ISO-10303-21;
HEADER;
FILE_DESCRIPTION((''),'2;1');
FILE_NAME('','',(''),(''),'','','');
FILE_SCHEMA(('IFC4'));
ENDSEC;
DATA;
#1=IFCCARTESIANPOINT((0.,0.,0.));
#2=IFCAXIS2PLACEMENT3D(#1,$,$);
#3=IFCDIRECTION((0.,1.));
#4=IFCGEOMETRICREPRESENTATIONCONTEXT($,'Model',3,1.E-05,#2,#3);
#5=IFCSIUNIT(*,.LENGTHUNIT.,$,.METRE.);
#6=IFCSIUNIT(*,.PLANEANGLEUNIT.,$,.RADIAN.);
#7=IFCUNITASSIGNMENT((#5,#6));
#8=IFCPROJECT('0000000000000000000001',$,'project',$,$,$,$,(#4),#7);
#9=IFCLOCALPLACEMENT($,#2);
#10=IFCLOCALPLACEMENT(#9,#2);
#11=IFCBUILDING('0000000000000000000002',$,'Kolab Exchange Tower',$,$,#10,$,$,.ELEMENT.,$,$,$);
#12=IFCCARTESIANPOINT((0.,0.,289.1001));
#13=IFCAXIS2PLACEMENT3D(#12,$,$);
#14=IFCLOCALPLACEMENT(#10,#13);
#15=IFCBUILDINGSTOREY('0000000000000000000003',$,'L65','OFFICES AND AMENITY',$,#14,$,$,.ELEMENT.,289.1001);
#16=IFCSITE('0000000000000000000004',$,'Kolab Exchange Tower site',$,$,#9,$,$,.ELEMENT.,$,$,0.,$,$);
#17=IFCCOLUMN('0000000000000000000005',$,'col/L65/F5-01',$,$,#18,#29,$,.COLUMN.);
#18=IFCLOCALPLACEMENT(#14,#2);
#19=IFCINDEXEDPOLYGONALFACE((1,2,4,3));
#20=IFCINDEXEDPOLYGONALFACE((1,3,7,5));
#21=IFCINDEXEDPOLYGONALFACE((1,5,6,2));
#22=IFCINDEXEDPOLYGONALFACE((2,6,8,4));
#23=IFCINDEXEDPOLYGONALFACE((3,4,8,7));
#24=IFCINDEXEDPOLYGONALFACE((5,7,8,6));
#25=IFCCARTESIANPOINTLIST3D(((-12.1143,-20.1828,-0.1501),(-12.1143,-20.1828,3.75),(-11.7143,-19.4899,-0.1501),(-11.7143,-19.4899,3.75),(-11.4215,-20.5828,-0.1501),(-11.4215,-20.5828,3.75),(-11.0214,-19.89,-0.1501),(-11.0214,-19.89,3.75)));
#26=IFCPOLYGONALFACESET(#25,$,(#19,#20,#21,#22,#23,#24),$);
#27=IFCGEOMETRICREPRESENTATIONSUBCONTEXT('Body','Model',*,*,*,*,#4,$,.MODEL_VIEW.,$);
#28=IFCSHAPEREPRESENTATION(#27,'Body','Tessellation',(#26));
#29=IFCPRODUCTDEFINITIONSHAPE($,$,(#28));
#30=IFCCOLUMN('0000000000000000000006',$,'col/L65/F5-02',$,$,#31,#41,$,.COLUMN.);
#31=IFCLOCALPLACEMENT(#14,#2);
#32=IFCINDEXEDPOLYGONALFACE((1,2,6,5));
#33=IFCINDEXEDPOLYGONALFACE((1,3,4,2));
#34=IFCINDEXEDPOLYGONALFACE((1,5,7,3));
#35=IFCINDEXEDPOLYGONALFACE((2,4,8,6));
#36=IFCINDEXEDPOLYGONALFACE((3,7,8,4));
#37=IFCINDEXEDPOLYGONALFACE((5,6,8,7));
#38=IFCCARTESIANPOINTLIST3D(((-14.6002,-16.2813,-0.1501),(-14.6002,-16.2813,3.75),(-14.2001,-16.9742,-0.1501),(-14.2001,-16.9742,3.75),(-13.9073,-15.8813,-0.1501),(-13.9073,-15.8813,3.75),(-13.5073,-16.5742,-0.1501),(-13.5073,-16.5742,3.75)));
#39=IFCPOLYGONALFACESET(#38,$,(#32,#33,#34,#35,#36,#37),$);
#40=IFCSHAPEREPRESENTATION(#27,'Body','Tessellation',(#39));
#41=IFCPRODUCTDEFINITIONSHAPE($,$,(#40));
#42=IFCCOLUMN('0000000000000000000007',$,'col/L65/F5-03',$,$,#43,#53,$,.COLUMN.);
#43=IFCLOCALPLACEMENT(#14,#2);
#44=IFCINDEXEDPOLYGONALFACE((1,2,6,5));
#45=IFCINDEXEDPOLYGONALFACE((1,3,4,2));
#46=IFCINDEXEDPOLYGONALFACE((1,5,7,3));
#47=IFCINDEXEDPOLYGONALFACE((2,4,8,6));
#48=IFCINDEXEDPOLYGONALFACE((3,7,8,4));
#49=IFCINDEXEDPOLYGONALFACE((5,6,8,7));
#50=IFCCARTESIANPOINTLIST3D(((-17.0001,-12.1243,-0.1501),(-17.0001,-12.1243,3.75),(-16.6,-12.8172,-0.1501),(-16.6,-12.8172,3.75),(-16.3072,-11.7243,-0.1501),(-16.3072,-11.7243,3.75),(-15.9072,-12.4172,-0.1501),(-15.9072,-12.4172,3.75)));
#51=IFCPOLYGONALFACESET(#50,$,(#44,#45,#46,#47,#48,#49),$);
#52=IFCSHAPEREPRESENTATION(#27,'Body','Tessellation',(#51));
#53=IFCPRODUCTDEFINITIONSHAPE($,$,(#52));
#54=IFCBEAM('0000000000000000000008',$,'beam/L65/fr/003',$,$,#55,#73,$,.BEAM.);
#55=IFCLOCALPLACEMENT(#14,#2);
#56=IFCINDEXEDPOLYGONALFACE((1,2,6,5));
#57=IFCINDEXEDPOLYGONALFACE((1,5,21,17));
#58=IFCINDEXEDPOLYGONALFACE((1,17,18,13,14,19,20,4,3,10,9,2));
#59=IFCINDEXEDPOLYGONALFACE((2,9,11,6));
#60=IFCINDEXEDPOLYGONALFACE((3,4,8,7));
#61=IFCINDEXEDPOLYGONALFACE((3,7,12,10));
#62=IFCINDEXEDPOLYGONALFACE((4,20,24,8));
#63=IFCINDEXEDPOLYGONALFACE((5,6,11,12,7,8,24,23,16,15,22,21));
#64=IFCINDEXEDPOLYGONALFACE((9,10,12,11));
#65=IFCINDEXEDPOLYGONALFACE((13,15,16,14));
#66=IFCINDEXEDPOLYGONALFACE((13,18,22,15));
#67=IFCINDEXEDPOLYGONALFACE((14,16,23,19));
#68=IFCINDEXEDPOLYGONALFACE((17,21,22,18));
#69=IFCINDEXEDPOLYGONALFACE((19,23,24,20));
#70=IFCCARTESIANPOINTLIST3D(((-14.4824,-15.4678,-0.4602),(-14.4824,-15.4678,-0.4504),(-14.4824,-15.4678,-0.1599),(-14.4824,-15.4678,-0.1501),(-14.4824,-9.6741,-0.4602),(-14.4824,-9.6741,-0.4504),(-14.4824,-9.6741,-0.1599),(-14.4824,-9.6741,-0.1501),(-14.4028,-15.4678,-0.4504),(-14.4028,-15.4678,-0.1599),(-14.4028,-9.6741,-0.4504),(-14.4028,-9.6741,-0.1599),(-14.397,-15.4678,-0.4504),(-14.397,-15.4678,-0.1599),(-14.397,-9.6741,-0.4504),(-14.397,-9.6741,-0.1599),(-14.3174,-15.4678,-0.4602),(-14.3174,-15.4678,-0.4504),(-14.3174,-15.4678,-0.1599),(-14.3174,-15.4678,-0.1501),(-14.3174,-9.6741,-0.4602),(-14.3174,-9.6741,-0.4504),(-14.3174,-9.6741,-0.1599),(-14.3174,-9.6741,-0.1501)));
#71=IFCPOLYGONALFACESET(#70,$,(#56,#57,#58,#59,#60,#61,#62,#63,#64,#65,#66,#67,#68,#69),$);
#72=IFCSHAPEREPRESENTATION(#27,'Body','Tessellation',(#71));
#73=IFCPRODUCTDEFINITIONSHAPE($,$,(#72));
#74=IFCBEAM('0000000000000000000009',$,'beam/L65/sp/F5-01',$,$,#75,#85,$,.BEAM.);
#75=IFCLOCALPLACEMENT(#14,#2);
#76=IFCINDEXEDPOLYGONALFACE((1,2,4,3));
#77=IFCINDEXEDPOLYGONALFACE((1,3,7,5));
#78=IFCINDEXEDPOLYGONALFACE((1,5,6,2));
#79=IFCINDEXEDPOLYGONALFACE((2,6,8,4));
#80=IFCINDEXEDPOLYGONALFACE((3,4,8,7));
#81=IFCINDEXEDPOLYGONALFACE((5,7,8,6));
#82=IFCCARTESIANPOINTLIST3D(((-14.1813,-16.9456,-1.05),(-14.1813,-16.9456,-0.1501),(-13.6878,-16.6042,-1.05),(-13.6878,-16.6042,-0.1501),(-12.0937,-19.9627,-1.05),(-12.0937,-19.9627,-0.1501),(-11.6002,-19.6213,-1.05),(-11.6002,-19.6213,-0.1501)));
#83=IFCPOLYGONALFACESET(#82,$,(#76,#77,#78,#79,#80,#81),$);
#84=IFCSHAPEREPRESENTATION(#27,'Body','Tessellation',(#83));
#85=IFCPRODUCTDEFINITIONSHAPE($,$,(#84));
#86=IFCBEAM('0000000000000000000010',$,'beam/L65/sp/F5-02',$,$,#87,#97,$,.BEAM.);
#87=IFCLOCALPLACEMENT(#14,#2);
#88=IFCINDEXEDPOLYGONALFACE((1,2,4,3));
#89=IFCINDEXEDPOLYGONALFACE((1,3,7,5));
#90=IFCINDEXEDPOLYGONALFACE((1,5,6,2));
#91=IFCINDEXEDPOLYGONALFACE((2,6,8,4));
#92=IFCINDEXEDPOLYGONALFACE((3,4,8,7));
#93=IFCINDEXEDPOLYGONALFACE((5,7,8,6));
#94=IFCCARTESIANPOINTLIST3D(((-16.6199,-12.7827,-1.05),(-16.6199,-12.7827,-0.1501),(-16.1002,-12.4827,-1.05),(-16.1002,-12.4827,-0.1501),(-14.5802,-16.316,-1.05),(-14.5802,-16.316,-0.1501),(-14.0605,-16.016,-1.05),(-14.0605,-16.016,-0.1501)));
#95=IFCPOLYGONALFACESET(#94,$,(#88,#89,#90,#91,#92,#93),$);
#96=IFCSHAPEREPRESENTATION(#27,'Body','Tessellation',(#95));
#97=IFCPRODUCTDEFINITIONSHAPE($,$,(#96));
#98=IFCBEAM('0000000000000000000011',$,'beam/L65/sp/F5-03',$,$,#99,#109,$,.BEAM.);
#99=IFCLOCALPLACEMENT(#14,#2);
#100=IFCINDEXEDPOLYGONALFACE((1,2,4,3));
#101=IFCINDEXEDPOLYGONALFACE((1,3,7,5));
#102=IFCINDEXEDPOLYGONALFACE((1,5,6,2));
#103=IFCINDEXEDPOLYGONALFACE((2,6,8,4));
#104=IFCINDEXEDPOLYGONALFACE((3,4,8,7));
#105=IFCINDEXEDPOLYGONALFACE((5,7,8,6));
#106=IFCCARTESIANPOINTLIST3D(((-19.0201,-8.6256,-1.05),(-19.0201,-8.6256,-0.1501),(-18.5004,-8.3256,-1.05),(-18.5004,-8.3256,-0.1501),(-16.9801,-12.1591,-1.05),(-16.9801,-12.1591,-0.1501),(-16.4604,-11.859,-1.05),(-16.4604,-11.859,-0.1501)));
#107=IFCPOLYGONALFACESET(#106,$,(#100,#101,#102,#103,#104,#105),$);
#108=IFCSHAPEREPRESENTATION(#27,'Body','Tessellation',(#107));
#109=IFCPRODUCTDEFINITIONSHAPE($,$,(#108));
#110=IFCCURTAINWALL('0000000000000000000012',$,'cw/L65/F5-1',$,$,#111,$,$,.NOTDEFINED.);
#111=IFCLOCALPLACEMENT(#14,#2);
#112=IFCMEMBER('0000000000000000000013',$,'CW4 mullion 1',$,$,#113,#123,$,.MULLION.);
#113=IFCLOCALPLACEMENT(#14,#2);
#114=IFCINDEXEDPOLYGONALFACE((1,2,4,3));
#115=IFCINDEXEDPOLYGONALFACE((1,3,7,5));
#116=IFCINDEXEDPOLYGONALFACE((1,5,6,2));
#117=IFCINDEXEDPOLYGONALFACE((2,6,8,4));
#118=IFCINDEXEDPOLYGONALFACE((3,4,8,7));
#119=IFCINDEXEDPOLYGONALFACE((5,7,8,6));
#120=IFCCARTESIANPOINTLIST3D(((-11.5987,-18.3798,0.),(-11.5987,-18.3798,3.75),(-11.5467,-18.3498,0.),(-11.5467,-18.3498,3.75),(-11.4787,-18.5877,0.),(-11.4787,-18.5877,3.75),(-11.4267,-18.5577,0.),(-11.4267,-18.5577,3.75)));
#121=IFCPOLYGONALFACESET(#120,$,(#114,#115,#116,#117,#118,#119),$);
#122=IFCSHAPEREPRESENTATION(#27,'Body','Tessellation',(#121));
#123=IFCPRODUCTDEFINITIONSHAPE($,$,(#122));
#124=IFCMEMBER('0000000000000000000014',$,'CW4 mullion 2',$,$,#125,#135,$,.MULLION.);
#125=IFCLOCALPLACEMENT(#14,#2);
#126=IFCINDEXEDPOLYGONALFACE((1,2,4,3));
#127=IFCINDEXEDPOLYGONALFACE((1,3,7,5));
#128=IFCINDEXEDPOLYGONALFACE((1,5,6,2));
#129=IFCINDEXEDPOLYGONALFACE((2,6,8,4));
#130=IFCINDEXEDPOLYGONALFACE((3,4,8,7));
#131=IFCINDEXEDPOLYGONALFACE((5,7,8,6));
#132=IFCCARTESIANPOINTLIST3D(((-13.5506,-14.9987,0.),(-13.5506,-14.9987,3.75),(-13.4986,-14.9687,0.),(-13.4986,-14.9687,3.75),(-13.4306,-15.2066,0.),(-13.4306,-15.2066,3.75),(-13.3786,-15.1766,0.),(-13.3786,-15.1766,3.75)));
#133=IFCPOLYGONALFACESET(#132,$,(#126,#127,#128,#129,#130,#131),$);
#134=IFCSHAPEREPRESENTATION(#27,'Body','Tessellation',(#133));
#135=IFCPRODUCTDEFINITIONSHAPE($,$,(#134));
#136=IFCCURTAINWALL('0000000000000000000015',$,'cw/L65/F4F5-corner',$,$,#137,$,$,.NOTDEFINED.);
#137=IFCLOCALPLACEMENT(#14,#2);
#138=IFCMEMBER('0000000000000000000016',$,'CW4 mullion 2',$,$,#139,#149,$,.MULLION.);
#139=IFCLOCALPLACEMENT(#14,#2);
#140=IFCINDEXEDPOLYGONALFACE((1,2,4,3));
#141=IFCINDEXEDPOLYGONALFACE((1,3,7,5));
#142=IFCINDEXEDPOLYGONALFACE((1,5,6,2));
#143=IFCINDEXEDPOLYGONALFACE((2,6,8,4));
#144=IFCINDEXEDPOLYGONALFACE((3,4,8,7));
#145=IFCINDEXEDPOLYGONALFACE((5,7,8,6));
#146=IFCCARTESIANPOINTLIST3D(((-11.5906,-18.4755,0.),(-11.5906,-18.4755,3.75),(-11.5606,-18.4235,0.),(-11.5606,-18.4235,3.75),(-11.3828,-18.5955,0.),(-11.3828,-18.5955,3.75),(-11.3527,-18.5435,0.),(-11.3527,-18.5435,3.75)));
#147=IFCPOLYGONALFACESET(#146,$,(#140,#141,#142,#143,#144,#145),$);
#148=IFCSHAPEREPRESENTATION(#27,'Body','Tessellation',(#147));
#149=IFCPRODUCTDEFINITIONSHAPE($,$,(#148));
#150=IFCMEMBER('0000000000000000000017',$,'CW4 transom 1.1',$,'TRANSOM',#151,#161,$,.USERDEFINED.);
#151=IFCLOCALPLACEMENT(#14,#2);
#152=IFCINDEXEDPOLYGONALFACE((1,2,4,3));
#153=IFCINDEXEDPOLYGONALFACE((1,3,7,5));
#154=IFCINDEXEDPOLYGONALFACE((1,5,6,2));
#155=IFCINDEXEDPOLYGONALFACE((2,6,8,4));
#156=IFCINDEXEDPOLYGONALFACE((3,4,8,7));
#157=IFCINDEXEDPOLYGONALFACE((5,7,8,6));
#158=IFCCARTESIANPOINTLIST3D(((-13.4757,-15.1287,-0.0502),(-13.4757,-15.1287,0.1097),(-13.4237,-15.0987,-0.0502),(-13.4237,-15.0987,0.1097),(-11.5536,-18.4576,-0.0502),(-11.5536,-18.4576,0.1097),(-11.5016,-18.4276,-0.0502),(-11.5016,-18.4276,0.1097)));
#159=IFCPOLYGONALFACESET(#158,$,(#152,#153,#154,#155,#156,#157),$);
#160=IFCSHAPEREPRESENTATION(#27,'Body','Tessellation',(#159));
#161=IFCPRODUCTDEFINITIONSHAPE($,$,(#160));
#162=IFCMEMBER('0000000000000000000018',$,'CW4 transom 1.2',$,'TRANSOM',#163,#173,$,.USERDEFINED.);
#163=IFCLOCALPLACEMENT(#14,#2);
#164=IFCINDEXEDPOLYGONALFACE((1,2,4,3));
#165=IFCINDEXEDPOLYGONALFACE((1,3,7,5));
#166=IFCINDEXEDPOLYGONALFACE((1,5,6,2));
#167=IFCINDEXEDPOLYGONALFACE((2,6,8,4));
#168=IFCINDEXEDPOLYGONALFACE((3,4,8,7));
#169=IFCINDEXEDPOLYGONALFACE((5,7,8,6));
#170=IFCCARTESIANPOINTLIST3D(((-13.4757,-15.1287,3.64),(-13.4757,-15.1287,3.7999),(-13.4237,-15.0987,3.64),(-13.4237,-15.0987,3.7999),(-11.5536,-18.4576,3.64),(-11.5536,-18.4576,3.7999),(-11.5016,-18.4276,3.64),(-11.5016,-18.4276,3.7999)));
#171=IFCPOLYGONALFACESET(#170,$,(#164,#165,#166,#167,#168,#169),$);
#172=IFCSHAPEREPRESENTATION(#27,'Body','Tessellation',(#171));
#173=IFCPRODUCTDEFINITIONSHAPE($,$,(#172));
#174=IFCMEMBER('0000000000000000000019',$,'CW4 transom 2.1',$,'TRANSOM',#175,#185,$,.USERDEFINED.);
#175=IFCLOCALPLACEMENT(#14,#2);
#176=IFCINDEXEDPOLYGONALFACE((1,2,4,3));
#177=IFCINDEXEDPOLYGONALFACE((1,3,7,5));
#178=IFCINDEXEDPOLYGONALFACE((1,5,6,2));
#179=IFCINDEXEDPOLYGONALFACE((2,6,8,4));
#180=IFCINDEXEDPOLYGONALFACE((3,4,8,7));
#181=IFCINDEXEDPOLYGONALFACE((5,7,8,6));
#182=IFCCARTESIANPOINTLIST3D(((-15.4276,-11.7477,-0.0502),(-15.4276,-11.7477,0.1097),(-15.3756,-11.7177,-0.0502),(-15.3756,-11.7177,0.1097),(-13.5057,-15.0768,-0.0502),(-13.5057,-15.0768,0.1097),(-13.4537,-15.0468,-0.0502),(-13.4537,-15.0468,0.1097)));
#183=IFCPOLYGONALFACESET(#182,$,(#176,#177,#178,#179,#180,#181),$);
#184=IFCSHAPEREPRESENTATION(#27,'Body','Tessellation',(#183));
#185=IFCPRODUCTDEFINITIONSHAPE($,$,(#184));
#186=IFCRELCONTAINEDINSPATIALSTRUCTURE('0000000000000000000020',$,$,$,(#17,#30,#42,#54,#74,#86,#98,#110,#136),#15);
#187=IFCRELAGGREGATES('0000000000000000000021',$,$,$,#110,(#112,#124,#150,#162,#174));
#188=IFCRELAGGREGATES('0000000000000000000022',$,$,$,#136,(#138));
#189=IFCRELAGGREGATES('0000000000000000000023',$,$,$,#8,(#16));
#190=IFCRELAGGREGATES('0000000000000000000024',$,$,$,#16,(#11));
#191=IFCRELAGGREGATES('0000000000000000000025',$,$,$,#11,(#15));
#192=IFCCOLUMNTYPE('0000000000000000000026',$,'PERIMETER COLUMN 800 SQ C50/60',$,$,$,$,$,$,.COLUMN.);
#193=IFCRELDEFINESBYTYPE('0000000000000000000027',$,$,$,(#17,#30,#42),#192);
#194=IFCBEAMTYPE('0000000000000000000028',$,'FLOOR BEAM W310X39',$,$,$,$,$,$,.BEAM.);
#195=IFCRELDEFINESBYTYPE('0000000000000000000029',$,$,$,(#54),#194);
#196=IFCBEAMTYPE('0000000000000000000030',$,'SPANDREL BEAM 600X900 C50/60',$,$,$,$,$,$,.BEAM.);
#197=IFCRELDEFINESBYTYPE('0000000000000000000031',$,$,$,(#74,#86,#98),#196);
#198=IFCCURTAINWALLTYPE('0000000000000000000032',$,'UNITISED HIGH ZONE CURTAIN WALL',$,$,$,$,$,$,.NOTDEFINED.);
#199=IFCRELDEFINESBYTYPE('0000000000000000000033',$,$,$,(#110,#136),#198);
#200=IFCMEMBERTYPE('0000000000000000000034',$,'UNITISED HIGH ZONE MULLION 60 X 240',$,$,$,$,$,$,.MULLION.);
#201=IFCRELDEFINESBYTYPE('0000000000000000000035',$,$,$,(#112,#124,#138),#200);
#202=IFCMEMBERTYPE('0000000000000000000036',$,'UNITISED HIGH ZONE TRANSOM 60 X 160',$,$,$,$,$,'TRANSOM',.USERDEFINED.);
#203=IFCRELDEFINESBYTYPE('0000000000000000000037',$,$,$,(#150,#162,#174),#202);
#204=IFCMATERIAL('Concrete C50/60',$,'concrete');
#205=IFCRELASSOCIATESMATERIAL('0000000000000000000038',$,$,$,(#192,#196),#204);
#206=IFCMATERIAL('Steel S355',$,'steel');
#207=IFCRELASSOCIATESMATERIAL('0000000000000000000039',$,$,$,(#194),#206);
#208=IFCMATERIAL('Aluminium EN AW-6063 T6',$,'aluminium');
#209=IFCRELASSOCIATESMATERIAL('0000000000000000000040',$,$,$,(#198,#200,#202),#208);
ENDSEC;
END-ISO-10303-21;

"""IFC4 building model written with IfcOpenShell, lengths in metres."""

from ifc_helpers import new_model, si_unit, direction, frame, origin, origin_2d, place, context, subcontext, project, spatial, rectangle, i_section, extrude, material, material_profile, profile_set, type_object, element, aggregate, save


model = new_model("IFC4")

# Units and contexts
model_context = context("Model", 3, precision=1e-05, world=origin(), true_north=direction((0.0, 1.0)))
body_context = subcontext(model_context, "Body", "Model", "MODEL_VIEW")
ifc_project = project(units=[si_unit("LENGTHUNIT", "METRE"), si_unit("PLANEANGLEUNIT", "RADIAN")], contexts=[model_context])

# Site, building, storey
site_placement = place(None, origin())
site = spatial("IfcSite", under=ifc_project, at=site_placement, Name="Kolab Exchange Tower site", CompositionType="ELEMENT", RefElevation=0.0)
building_placement = place(site_placement, origin())
building = spatial("IfcBuilding", under=site, at=building_placement, Name="Kolab Exchange Tower", CompositionType="ELEMENT")
storey_placement = place(building_placement, frame((0.0, 0.0, 289.1001)))
storey = spatial("IfcBuildingStorey", under=building, at=storey_placement, Name="L65", Description="OFFICES AND AMENITY", CompositionType="ELEMENT", Elevation=289.1001)

# Columns
ifc_material_1 = material(Name="Concrete C50/60", Category="concrete")
ifc_material_profile_1 = material_profile(ifc_material_1, rectangle(XDim=0.8, YDim=0.8, at=origin_2d()), Name="RC800")
ifc_profile_set_1 = profile_set([ifc_material_profile_1], Name="Concrete C50/60")
column_type = type_object("IfcColumnType", Name="PERIMETER COLUMN 800 SQ C50/60", PredefinedType="COLUMN", material=ifc_profile_set_1)
for number, where, z_axis, x_axis, name in (
    (1, (-11.5679, -20.0364, -0.1501), (0.0, 0.0, 1.0), (0.5, 0.866025, 0.0), "col/L65/F5-01"),
    (2, (-14.0537, -16.4277, -0.1501), (0.0, 0.0, 1.0), (0.866025, 0.5, 0.0), "col/L65/F5-02"),
    (3, (-16.4536, -12.2708, -0.1501), (0.0, 0.0, 1.0), (0.866025, 0.5, 0.0), "col/L65/F5-03"),
):
    element("IfcColumn", number, at=place(storey_placement, frame(where, z_axis=z_axis, x_axis=x_axis)), inside=storey, type_object=column_type, Name=name, PredefinedType="COLUMN", context=body_context, shape_type="SweptSolid", body=[
        extrude(rectangle(XDim=0.8, YDim=0.8, at=origin_2d()), origin(), (0.0, 0.0, 1.0), 3.9001),
    ])

# Beams
ifc_material_2 = material(Name="Steel S355", Category="steel")
ifc_material_profile_2 = material_profile(ifc_material_2, i_section(OverallWidth=0.165, OverallDepth=0.3101, WebThickness=0.0059, FlangeThickness=0.0098, at=origin_2d()), Name="W310X39")
ifc_profile_set_2 = profile_set([ifc_material_profile_2], Name="Steel S355")
beam_type_1 = type_object("IfcBeamType", Name="FLOOR BEAM W310X39", PredefinedType="BEAM", material=ifc_profile_set_2)
beam_1_placement = place(storey_placement, frame((-14.3999, -15.4678, -0.3052), z_axis=(0.0, 1.0, 0.0), x_axis=(-1.0, 0.0, 0.0)))
element("IfcBeam", 4, at=beam_1_placement, inside=storey, type_object=beam_type_1, Name="beam/L65/fr/003", PredefinedType="BEAM", context=body_context, shape_type="SweptSolid", body=[
    extrude(i_section(OverallWidth=0.165, OverallDepth=0.3101, WebThickness=0.0059, FlangeThickness=0.0098, at=origin_2d()), origin(), (0.0, 0.0, 1.0), 5.7937),
])
ifc_material_profile_3 = material_profile(ifc_material_1, rectangle(XDim=0.6001, YDim=0.8999, at=origin_2d()), Name="RC600X900")
ifc_profile_set_3 = profile_set([ifc_material_profile_3], Name="Concrete C50/60")
beam_type_2 = type_object("IfcBeamType", Name="SPANDREL BEAM 600X900 C50/60", PredefinedType="BEAM", material=ifc_profile_set_3)
beam_2_placement = place(storey_placement, frame((-11.8469, -19.792, -0.6001), z_axis=(-0.569006, 0.822334, 0.0), x_axis=(-0.822334, -0.569006, 0.0)))
element("IfcBeam", 5, at=beam_2_placement, inside=storey, type_object=beam_type_2, Name="beam/L65/sp/F5-01", PredefinedType="BEAM", context=body_context, shape_type="SweptSolid", body=[
    extrude(rectangle(XDim=0.6001, YDim=0.8999, at=origin_2d()), origin(), (0.0, 0.0, 1.0), 3.6689),
])
beam_3_placement = place(storey_placement, frame((-14.3203, -16.166, -0.6001), z_axis=(-0.499956, 0.866051, 0.0), x_axis=(-0.866051, -0.499956, 0.0)))
element("IfcBeam", 6, at=beam_3_placement, inside=storey, type_object=beam_type_2, Name="beam/L65/sp/F5-02", PredefinedType="BEAM", context=body_context, shape_type="SweptSolid", body=[
    extrude(rectangle(XDim=0.6001, YDim=0.8999, at=origin_2d()), origin(), (0.0, 0.0, 1.0), 4.0798),
])
beam_4_placement = place(storey_placement, frame((-16.7202, -12.009, -0.6001), z_axis=(-0.5, 0.866025, 0.0), x_axis=(-0.866025, -0.5, 0.0)))
element("IfcBeam", 7, at=beam_4_placement, inside=storey, type_object=beam_type_2, Name="beam/L65/sp/F5-03", PredefinedType="BEAM", context=body_context, shape_type="SweptSolid", body=[
    extrude(rectangle(XDim=0.6001, YDim=0.8999, at=origin_2d()), origin(), (0.0, 0.0, 1.0), 4.0801),
])

# Curtain wall, members
ifc_material_3 = material(Name="Aluminium EN AW-6063 T6", Category="aluminium")
curtain_wall_type = type_object("IfcCurtainWallType", Name="UNITISED HIGH ZONE CURTAIN WALL", PredefinedType="NOTDEFINED", material=ifc_material_3)
curtain_wall_1_placement = place(storey_placement, origin())
curtain_wall_1 = element("IfcCurtainWall", 8, at=curtain_wall_1_placement, inside=storey, type_object=curtain_wall_type, Name="cw/L65/F5-1", PredefinedType="NOTDEFINED")
ifc_material_profile_4 = material_profile(ifc_material_3, rectangle(XDim=0.0601, YDim=0.24, at=origin_2d()), Name="RECT 60X240")
ifc_profile_set_4 = profile_set([ifc_material_profile_4], Name="Aluminium EN AW-6063 T6")
member_type_1 = type_object("IfcMemberType", Name="UNITISED HIGH ZONE MULLION 60 X 240", PredefinedType="MULLION", material=ifc_profile_set_4)
member_1_placement = place(storey_placement, frame((-11.5127, -18.4688, 0.0), z_axis=(0.0, 0.0, 1.0), x_axis=(-0.866025, -0.5, 0.0)))
member_1 = element("IfcMember", 9, at=member_1_placement, type_object=member_type_1, Name="CW4 mullion 1", PredefinedType="MULLION", context=body_context, shape_type="SweptSolid", body=[
    extrude(rectangle(XDim=0.0601, YDim=0.24, at=origin_2d()), origin(), (0.0, 0.0, 1.0), 3.75),
])
member_2_placement = place(storey_placement, frame((-13.4646, -15.0876, 0.0), z_axis=(0.0, 0.0, 1.0), x_axis=(-0.866025, -0.5, 0.0)))
member_2 = element("IfcMember", 10, at=member_2_placement, type_object=member_type_1, Name="CW4 mullion 2", PredefinedType="MULLION", context=body_context, shape_type="SweptSolid", body=[
    extrude(rectangle(XDim=0.0601, YDim=0.24, at=origin_2d()), origin(), (0.0, 0.0, 1.0), 3.75),
])

# Curtain wall, member
curtain_wall_2_placement = place(storey_placement, origin())
curtain_wall_2 = element("IfcCurtainWall", 11, at=curtain_wall_2_placement, inside=storey, type_object=curtain_wall_type, Name="cw/L65/F4F5-corner", PredefinedType="NOTDEFINED")
member_3_placement = place(storey_placement, frame((-11.4717, -18.5095, 0.0), z_axis=(0.0, 0.0, 1.0), x_axis=(-0.5, -0.866025, 0.0)))
member_3 = element("IfcMember", 12, at=member_3_placement, type_object=member_type_1, Name="CW4 mullion 2", PredefinedType="MULLION", context=body_context, shape_type="SweptSolid", body=[
    extrude(rectangle(XDim=0.0601, YDim=0.24, at=origin_2d()), origin(), (0.0, 0.0, 1.0), 3.75),
])

# Members
ifc_material_profile_5 = material_profile(ifc_material_3, rectangle(XDim=0.0601, YDim=0.1599, at=origin_2d()), Name="RECT 60X160")
ifc_profile_set_5 = profile_set([ifc_material_profile_5], Name="Aluminium EN AW-6063 T6")
member_type_2 = type_object("IfcMemberType", Name="UNITISED HIGH ZONE TRANSOM 60 X 160", ElementType="TRANSOM", PredefinedType="USERDEFINED", material=ifc_profile_set_5)
member_4_placement = place(storey_placement, frame((-11.5276, -18.4426, 0.0298), z_axis=(-0.500039, 0.866003, 0.0), x_axis=(-0.866003, -0.500039, 0.0)))
member_4 = element("IfcMember", 13, at=member_4_placement, type_object=member_type_2, Name="CW4 transom 1.1", ObjectType="TRANSOM", PredefinedType="USERDEFINED", context=body_context, shape_type="SweptSolid", body=[
    extrude(rectangle(XDim=0.0601, YDim=0.1599, at=origin_2d()), origin(), (0.0, 0.0, 1.0), 3.844),
])
member_5_placement = place(storey_placement, frame((-11.5276, -18.4426, 3.72), z_axis=(-0.500039, 0.866003, 0.0), x_axis=(-0.866003, -0.500039, 0.0)))
member_5 = element("IfcMember", 14, at=member_5_placement, type_object=member_type_2, Name="CW4 transom 1.2", ObjectType="TRANSOM", PredefinedType="USERDEFINED", context=body_context, shape_type="SweptSolid", body=[
    extrude(rectangle(XDim=0.0601, YDim=0.1599, at=origin_2d()), origin(), (0.0, 0.0, 1.0), 3.844),
])
member_6_placement = place(storey_placement, frame((-13.4797, -15.0618, 0.0298), z_axis=(-0.499964, 0.866046, 0.0), x_axis=(-0.866046, -0.499964, 0.0)))
member_6 = element("IfcMember", 15, at=member_6_placement, type_object=member_type_2, Name="CW4 transom 2.1", ObjectType="TRANSOM", PredefinedType="USERDEFINED", context=body_context, shape_type="SweptSolid", body=[
    extrude(rectangle(XDim=0.0601, YDim=0.1599, at=origin_2d()), origin(), (0.0, 0.0, 1.0), 3.844),
])

aggregate(curtain_wall_1, [member_1, member_2, member_4, member_5, member_6])
aggregate(curtain_wall_2, [member_3])

save(model, "model.ifc")
